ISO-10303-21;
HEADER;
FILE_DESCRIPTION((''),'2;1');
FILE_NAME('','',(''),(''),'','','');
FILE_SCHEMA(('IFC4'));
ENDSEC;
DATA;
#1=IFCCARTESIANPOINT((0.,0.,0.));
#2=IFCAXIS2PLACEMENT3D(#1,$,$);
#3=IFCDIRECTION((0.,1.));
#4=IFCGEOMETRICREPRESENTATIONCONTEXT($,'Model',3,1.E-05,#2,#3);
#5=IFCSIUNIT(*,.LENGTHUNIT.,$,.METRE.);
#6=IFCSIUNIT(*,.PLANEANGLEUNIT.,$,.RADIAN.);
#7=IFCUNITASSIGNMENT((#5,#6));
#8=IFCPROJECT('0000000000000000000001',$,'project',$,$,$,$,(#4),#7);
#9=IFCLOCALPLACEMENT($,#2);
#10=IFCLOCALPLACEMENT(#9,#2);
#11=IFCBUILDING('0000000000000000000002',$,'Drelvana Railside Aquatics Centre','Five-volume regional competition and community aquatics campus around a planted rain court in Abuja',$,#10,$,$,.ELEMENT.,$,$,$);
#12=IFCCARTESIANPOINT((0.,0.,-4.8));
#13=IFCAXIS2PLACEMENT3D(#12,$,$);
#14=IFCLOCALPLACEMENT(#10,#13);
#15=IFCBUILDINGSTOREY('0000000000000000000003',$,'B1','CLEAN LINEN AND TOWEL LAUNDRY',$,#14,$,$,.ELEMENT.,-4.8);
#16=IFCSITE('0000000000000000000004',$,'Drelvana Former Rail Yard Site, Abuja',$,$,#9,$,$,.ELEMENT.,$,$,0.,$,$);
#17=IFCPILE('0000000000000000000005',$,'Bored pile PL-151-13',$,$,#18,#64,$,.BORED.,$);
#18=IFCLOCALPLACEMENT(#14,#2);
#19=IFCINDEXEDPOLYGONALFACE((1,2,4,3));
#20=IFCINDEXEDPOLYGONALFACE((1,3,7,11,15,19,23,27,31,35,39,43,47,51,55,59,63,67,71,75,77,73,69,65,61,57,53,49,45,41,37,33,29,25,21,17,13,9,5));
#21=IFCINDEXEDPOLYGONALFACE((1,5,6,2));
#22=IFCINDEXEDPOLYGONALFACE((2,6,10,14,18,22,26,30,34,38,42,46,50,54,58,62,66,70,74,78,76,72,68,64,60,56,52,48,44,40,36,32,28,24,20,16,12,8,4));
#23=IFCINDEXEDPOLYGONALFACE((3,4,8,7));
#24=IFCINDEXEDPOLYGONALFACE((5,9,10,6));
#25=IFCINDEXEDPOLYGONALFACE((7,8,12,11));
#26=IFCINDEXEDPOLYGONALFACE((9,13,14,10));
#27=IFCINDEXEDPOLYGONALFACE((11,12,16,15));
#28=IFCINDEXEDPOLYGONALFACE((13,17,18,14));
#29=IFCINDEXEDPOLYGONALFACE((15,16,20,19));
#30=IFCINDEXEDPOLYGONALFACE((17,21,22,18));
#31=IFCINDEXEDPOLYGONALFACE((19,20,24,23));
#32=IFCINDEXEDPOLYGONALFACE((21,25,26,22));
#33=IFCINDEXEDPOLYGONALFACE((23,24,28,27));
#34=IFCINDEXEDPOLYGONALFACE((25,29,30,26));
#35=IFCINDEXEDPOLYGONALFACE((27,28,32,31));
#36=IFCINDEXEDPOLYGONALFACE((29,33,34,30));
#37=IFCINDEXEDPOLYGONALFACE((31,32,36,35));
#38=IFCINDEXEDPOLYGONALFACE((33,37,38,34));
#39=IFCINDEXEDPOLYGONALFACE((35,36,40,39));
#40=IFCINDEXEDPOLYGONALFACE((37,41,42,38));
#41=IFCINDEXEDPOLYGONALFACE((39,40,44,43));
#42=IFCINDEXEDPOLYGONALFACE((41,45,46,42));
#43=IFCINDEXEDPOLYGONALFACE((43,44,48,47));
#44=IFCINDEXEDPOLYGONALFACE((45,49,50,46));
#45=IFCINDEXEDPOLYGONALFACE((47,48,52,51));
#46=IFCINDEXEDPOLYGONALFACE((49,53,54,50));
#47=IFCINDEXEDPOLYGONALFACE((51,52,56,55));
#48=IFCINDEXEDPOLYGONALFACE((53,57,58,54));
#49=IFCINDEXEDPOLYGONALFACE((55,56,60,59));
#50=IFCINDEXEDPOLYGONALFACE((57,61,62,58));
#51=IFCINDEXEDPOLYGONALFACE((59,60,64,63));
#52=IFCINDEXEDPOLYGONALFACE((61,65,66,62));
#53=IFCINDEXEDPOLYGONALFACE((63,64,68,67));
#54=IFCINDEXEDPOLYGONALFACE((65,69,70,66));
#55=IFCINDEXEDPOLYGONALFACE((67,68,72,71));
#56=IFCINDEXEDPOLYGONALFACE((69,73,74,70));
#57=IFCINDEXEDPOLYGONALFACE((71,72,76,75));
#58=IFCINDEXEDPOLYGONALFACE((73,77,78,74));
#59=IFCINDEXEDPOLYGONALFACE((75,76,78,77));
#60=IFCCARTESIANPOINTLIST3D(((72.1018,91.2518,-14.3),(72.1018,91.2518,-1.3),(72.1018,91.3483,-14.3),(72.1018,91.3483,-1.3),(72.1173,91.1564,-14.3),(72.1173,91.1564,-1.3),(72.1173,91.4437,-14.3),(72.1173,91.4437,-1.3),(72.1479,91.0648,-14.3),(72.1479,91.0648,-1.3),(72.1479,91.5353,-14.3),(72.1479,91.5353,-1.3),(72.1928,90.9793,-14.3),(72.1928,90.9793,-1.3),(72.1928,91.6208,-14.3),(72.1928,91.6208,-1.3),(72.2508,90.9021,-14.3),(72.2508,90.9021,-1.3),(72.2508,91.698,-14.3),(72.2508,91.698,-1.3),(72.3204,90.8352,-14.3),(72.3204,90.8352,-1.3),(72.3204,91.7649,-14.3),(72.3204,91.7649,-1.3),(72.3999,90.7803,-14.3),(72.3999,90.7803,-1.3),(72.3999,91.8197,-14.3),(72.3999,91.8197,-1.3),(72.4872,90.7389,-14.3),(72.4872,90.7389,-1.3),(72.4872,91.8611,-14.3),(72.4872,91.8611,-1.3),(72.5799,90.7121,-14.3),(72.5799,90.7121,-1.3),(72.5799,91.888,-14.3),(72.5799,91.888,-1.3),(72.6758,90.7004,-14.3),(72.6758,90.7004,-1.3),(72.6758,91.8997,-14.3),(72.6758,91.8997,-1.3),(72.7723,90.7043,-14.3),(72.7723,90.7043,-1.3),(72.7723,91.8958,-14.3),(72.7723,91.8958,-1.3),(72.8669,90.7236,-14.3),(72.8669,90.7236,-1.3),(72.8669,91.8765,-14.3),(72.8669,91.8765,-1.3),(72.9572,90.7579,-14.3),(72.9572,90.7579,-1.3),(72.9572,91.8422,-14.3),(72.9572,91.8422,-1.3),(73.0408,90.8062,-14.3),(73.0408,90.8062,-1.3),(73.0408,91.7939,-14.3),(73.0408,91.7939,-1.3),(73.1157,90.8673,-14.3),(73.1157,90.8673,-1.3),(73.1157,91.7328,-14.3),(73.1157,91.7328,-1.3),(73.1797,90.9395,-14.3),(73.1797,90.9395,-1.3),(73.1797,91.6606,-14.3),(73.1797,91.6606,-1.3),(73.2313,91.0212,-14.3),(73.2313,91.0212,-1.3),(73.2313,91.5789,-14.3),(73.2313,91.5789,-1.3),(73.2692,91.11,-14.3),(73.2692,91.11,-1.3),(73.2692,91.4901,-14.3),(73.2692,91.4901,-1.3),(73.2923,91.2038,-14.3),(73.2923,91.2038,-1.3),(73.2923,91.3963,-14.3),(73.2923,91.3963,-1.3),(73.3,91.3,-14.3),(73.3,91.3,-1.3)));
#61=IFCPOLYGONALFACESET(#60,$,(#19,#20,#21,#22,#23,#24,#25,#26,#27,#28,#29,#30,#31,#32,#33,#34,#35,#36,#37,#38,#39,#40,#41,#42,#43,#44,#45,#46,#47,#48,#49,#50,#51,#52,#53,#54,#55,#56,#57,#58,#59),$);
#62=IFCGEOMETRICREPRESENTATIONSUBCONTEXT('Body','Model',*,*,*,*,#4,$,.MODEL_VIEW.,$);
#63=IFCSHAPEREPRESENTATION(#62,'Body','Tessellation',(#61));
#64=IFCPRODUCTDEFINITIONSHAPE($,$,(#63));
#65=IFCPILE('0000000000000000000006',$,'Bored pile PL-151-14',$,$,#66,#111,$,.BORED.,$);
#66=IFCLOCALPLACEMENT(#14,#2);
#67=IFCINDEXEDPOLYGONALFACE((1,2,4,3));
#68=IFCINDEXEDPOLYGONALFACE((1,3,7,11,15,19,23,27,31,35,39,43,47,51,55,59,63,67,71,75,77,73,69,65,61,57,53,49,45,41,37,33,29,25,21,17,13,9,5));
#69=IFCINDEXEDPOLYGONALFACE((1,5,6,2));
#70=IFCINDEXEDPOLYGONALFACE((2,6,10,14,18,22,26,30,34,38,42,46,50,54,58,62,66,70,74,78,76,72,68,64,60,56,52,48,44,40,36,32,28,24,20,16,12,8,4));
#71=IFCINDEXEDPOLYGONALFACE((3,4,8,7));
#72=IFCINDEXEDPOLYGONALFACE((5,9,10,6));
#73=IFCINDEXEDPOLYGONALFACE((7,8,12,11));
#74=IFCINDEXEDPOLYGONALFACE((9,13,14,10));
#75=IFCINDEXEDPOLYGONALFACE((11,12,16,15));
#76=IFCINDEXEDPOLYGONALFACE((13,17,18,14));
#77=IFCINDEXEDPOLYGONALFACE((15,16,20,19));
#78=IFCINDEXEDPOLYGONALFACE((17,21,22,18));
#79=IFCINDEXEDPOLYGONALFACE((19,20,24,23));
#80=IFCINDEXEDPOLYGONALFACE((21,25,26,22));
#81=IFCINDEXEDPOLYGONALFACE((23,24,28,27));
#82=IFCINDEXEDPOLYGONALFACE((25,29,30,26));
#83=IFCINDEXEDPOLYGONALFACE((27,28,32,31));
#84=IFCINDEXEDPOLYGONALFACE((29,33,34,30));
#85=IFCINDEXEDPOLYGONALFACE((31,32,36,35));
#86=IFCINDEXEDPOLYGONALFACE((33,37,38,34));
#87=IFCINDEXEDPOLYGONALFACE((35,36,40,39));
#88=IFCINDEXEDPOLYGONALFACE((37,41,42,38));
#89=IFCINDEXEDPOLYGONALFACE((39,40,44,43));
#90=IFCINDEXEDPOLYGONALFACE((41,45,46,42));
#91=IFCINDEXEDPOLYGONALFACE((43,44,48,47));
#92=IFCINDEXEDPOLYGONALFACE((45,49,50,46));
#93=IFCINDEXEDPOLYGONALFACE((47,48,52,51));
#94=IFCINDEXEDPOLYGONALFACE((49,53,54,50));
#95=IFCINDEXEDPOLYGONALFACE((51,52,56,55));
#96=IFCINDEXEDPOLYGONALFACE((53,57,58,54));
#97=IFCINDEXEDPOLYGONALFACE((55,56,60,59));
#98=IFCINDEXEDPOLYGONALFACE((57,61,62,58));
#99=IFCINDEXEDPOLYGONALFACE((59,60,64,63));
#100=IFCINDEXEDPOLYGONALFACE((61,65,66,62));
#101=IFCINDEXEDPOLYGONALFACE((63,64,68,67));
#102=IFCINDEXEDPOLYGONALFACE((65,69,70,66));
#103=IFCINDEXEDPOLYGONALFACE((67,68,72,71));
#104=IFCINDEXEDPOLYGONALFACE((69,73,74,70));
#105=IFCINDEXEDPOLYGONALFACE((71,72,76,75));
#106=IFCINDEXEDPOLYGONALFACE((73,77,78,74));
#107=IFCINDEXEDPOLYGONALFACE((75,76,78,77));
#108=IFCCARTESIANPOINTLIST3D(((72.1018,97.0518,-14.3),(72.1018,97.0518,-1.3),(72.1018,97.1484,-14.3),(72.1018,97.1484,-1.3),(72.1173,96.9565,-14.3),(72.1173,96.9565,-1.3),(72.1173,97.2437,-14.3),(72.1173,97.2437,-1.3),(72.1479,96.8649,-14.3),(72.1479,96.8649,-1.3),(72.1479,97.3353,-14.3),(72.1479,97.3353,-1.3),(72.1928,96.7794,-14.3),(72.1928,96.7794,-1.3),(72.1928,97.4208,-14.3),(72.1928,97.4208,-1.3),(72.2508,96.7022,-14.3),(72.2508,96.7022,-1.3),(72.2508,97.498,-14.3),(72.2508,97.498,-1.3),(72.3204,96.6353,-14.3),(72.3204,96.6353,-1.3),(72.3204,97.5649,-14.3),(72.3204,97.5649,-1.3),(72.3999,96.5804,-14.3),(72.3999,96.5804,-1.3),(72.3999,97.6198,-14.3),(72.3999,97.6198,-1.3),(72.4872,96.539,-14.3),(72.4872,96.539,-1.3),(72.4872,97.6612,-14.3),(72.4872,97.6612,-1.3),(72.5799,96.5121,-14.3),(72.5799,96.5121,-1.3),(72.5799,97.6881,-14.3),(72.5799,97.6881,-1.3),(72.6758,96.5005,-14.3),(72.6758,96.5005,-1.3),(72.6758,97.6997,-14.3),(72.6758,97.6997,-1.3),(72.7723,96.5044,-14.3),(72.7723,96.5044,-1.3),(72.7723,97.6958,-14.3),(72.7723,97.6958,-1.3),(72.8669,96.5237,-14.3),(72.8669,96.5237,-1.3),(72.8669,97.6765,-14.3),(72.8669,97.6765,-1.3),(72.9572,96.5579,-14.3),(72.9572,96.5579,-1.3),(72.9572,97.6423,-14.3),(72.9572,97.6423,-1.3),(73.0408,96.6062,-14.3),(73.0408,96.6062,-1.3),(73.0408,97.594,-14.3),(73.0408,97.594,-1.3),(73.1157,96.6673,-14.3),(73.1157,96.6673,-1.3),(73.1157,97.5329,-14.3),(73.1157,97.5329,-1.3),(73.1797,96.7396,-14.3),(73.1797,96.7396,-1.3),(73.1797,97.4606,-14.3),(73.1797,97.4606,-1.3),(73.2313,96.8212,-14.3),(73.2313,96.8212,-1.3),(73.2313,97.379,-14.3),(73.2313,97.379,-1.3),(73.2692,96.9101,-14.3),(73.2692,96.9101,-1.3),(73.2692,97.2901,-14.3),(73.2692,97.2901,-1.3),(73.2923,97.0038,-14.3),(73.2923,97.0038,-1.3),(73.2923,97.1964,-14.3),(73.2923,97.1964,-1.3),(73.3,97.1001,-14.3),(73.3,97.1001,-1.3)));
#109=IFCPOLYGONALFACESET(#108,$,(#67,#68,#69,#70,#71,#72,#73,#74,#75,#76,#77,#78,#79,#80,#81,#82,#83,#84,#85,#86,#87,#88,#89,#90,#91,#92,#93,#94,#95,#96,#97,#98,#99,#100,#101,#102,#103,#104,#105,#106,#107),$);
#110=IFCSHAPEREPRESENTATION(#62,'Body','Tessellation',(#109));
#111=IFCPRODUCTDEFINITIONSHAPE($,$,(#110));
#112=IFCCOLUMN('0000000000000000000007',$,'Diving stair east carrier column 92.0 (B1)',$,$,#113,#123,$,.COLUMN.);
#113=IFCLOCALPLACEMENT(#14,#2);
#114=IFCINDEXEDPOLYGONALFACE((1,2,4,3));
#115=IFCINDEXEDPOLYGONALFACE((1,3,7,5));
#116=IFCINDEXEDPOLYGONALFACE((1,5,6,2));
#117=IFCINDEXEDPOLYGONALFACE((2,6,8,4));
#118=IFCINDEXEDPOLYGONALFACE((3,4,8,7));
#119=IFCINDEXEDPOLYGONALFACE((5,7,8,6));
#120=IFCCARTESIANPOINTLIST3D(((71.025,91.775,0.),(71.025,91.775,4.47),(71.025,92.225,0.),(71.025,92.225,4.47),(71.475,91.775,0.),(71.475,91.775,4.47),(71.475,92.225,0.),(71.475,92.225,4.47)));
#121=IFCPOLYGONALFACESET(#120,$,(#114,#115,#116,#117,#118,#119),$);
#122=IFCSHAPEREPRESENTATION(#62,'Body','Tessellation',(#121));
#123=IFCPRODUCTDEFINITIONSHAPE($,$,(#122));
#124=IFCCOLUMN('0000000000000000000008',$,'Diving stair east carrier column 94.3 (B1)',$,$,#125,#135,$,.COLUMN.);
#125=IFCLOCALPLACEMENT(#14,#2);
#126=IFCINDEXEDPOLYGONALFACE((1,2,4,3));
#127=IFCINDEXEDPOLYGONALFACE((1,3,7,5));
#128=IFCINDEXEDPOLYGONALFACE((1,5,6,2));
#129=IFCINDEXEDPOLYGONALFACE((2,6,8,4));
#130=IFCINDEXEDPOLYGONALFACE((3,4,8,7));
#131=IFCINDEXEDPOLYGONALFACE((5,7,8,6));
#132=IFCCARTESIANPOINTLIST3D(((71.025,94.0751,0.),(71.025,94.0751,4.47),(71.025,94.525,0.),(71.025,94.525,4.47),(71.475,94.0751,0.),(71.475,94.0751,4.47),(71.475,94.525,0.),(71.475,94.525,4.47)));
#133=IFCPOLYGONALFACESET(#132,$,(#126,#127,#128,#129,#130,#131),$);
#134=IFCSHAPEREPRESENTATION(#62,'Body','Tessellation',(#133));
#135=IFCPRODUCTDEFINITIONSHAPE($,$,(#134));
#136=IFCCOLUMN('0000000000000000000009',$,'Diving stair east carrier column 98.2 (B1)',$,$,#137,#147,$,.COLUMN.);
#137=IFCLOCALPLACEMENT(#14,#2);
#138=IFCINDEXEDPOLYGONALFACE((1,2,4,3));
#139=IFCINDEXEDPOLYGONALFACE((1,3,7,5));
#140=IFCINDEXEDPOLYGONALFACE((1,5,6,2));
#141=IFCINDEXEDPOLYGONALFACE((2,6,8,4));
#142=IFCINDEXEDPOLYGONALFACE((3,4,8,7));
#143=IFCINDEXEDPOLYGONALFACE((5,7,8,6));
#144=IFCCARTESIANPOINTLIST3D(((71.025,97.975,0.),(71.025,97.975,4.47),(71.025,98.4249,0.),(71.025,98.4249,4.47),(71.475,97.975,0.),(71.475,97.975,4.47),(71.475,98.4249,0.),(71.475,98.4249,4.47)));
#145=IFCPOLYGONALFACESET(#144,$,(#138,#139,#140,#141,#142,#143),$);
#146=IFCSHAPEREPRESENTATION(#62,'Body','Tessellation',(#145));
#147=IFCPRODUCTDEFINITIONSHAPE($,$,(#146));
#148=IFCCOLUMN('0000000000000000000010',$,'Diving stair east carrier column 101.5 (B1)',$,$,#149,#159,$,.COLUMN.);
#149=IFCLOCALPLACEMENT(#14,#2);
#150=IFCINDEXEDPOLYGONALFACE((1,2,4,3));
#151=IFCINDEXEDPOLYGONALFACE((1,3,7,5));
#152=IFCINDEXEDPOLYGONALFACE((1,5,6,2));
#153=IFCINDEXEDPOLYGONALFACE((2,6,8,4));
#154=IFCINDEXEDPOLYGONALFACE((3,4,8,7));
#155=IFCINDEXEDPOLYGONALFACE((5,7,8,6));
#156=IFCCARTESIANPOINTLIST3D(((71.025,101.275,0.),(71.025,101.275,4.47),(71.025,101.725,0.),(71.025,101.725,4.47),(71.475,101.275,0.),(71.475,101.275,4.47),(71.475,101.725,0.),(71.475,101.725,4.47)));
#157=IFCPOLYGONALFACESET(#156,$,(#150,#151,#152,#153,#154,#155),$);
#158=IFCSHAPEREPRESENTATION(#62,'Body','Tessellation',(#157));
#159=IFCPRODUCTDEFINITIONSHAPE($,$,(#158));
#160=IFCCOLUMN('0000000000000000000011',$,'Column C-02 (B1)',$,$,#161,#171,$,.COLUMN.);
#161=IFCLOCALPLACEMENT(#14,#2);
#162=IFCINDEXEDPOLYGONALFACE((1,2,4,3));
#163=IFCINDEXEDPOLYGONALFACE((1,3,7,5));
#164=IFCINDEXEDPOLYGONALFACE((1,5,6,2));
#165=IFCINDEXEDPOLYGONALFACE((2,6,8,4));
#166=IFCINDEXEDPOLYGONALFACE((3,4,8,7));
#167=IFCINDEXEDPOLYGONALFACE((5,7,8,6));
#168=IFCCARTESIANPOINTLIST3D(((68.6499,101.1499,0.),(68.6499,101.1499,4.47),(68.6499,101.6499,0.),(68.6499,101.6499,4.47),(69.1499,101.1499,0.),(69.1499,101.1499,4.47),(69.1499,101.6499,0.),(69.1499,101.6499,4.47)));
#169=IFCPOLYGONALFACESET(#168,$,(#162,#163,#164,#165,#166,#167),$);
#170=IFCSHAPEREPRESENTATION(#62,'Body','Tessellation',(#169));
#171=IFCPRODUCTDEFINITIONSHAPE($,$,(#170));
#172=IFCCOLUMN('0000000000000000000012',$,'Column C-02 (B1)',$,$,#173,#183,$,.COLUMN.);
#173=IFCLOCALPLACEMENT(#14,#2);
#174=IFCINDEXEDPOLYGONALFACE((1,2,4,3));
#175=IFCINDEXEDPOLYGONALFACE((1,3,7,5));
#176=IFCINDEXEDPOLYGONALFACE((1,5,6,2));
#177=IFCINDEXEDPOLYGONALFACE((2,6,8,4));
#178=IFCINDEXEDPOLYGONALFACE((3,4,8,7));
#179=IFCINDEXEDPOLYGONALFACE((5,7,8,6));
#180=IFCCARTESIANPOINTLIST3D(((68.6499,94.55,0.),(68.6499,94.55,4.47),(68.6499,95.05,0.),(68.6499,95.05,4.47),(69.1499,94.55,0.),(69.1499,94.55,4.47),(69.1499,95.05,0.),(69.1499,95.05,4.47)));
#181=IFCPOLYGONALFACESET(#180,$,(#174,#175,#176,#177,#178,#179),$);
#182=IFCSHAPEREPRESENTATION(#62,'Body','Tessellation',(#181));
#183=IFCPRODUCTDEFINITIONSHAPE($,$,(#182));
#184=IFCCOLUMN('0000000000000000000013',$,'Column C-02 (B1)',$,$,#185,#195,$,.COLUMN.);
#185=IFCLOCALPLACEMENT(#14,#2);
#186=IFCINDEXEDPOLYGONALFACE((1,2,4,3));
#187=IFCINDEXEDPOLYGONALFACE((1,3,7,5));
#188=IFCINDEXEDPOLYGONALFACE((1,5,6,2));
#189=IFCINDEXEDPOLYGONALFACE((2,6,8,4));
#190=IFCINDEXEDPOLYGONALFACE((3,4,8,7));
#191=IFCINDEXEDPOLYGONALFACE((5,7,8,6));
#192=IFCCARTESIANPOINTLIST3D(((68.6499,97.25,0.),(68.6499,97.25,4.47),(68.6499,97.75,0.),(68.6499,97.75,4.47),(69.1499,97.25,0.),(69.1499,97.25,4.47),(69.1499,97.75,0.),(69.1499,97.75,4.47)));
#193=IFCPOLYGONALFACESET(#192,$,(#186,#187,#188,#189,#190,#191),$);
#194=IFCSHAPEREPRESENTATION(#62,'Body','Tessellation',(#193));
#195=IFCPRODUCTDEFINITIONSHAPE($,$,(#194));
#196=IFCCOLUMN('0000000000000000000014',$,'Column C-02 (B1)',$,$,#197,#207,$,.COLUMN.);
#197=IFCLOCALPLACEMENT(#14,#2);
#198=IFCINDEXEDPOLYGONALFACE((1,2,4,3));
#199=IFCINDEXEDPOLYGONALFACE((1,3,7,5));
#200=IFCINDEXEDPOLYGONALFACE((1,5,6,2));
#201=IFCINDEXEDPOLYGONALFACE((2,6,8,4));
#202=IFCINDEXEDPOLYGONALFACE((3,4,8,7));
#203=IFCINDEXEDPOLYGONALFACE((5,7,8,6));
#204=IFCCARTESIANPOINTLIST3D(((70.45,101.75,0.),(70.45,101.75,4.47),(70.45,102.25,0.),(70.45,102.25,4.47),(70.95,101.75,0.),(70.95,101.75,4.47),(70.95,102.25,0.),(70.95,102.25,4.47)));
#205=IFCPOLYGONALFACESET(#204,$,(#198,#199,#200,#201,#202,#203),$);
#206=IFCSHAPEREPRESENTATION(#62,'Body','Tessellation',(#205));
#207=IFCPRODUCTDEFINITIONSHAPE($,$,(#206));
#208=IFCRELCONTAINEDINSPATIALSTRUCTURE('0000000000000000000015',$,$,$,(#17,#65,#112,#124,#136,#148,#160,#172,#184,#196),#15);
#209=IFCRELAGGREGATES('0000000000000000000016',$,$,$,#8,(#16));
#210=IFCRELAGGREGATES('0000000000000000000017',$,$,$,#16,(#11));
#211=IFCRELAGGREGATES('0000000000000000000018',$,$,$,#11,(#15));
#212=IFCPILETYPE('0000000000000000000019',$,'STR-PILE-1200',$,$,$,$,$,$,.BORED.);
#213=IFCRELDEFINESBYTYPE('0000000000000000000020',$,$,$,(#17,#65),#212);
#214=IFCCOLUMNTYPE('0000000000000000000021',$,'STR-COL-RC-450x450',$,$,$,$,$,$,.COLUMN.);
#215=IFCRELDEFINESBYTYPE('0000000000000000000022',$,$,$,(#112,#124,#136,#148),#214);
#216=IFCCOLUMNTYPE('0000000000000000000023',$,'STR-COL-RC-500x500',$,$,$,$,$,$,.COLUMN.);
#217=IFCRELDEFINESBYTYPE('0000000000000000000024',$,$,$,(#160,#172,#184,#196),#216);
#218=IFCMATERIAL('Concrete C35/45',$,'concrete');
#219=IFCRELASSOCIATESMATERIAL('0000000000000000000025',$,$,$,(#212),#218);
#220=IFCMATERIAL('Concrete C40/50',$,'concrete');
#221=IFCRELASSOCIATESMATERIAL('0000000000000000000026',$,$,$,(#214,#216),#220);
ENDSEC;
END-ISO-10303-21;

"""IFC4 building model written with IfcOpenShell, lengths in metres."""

from ifc_helpers import new_model, si_unit, direction, frame, origin, origin_2d, place, context, subcontext, project, spatial, rectangle, circle, extrude, material, material_profile, profile_set, type_object, element, save


model = new_model("IFC4")

# Units and contexts
model_context = context("Model", 3, precision=1e-05, world=origin(), true_north=direction((0.0, 1.0)))
body_context = subcontext(model_context, "Body", "Model", "MODEL_VIEW")
ifc_project = project(units=[si_unit("LENGTHUNIT", "METRE"), si_unit("PLANEANGLEUNIT", "RADIAN")], contexts=[model_context])

# Site, building, storey
site_placement = place(None, origin())
site = spatial("IfcSite", under=ifc_project, at=site_placement, Name="Drelvana Former Rail Yard Site, Abuja", CompositionType="ELEMENT", RefElevation=0.0)
building_placement = place(site_placement, origin())
building = spatial("IfcBuilding", under=site, at=building_placement, Name="Drelvana Railside Aquatics Centre", Description="Five-volume regional competition and community aquatics campus around a planted rain court in Abuja", CompositionType="ELEMENT")
storey_placement = place(building_placement, frame((0.0, 0.0, -4.8)))
storey = spatial("IfcBuildingStorey", under=building, at=storey_placement, Name="B1", Description="CLEAN LINEN AND TOWEL LAUNDRY", CompositionType="ELEMENT", Elevation=-4.8)

# Shared definitions
ifc_material_1 = material(Name="Concrete C35/45", Category="concrete")

# Piles
ifc_material_profile_1 = material_profile(ifc_material_1, circle(Radius=0.6001, at=origin_2d()), Name="PILE D1200")
ifc_profile_set_1 = profile_set([ifc_material_profile_1], Name="Concrete C35/45")
pile_type = type_object("IfcPileType", Name="STR-PILE-1200", PredefinedType="BORED", material=ifc_profile_set_1)
for number, where, z_axis, x_axis, name in (
    (1, (72.7, 91.3, -1.3), (0.0, 0.0, -1.0), (1.0, 0.0, 0.0), "Bored pile PL-151-13"),
    (2, (72.7, 97.1001, -1.3), (0.0, 0.0, -1.0), (1.0, 0.0, 0.0), "Bored pile PL-151-14"),
):
    element("IfcPile", number, at=place(storey_placement, frame(where, z_axis=z_axis, x_axis=x_axis)), inside=storey, type_object=pile_type, Name=name, PredefinedType="BORED", context=body_context, shape_type="SweptSolid", body=[
        extrude(circle(Radius=0.6001, at=origin_2d()), origin(), (0.0, 0.0, 1.0), 13.0),
    ])

# Columns
ifc_material_2 = material(Name="Concrete C40/50", Category="concrete")
ifc_material_profile_2 = material_profile(ifc_material_2, rectangle(XDim=0.45, YDim=0.45, at=origin_2d()), Name="RC 450x450")
ifc_profile_set_2 = profile_set([ifc_material_profile_2], Name="Concrete C40/50")
column_type_1 = type_object("IfcColumnType", Name="STR-COL-RC-450x450", PredefinedType="COLUMN", material=ifc_profile_set_2)
for number, where, z_axis, x_axis, name in (
    (3, (71.25, 92.0, 0.0), (0.0, 0.0, 1.0), (1.0, 0.0, 0.0), "Diving stair east carrier column 92.0 (B1)"),
    (4, (71.25, 94.3, 0.0), (0.0, 0.0, 1.0), (1.0, 0.0, 0.0), "Diving stair east carrier column 94.3 (B1)"),
    (5, (71.25, 98.2, 0.0), (0.0, 0.0, 1.0), (1.0, 0.0, 0.0), "Diving stair east carrier column 98.2 (B1)"),
    (6, (71.25, 101.5, 0.0), (0.0, 0.0, 1.0), (1.0, 0.0, 0.0), "Diving stair east carrier column 101.5 (B1)"),
):
    element("IfcColumn", number, at=place(storey_placement, frame(where, z_axis=z_axis, x_axis=x_axis)), inside=storey, type_object=column_type_1, Name=name, PredefinedType="COLUMN", context=body_context, shape_type="SweptSolid", body=[
        extrude(rectangle(XDim=0.45, YDim=0.45, at=origin_2d()), origin(), (0.0, 0.0, 1.0), 4.47),
    ])
ifc_material_profile_3 = material_profile(ifc_material_2, rectangle(XDim=0.5, YDim=0.5, at=origin_2d()), Name="RC 500x500")
ifc_profile_set_3 = profile_set([ifc_material_profile_3], Name="Concrete C40/50")
column_type_2 = type_object("IfcColumnType", Name="STR-COL-RC-500x500", PredefinedType="COLUMN", material=ifc_profile_set_3)
for number, where, z_axis, x_axis, name in (
    (7, (68.8999, 101.3999, 0.0), (0.0, 0.0, 1.0), (1.0, 0.0, 0.0), "Column C-02 (B1)"),
    (8, (68.8999, 94.8, 0.0), (0.0, 0.0, 1.0), (1.0, 0.0, 0.0), "Column C-02 (B1)"),
    (9, (68.8999, 97.5, 0.0), (0.0, 0.0, 1.0), (1.0, 0.0, 0.0), "Column C-02 (B1)"),
    (10, (70.7, 102.0, 0.0), (0.0, 0.0, 1.0), (1.0, 0.0, 0.0), "Column C-02 (B1)"),
):
    element("IfcColumn", number, at=place(storey_placement, frame(where, z_axis=z_axis, x_axis=x_axis)), inside=storey, type_object=column_type_2, Name=name, PredefinedType="COLUMN", context=body_context, shape_type="SweptSolid", body=[
        extrude(rectangle(XDim=0.5, YDim=0.5, at=origin_2d()), origin(), (0.0, 0.0, 1.0), 4.47),
    ])

save(model, "model.ifc")
